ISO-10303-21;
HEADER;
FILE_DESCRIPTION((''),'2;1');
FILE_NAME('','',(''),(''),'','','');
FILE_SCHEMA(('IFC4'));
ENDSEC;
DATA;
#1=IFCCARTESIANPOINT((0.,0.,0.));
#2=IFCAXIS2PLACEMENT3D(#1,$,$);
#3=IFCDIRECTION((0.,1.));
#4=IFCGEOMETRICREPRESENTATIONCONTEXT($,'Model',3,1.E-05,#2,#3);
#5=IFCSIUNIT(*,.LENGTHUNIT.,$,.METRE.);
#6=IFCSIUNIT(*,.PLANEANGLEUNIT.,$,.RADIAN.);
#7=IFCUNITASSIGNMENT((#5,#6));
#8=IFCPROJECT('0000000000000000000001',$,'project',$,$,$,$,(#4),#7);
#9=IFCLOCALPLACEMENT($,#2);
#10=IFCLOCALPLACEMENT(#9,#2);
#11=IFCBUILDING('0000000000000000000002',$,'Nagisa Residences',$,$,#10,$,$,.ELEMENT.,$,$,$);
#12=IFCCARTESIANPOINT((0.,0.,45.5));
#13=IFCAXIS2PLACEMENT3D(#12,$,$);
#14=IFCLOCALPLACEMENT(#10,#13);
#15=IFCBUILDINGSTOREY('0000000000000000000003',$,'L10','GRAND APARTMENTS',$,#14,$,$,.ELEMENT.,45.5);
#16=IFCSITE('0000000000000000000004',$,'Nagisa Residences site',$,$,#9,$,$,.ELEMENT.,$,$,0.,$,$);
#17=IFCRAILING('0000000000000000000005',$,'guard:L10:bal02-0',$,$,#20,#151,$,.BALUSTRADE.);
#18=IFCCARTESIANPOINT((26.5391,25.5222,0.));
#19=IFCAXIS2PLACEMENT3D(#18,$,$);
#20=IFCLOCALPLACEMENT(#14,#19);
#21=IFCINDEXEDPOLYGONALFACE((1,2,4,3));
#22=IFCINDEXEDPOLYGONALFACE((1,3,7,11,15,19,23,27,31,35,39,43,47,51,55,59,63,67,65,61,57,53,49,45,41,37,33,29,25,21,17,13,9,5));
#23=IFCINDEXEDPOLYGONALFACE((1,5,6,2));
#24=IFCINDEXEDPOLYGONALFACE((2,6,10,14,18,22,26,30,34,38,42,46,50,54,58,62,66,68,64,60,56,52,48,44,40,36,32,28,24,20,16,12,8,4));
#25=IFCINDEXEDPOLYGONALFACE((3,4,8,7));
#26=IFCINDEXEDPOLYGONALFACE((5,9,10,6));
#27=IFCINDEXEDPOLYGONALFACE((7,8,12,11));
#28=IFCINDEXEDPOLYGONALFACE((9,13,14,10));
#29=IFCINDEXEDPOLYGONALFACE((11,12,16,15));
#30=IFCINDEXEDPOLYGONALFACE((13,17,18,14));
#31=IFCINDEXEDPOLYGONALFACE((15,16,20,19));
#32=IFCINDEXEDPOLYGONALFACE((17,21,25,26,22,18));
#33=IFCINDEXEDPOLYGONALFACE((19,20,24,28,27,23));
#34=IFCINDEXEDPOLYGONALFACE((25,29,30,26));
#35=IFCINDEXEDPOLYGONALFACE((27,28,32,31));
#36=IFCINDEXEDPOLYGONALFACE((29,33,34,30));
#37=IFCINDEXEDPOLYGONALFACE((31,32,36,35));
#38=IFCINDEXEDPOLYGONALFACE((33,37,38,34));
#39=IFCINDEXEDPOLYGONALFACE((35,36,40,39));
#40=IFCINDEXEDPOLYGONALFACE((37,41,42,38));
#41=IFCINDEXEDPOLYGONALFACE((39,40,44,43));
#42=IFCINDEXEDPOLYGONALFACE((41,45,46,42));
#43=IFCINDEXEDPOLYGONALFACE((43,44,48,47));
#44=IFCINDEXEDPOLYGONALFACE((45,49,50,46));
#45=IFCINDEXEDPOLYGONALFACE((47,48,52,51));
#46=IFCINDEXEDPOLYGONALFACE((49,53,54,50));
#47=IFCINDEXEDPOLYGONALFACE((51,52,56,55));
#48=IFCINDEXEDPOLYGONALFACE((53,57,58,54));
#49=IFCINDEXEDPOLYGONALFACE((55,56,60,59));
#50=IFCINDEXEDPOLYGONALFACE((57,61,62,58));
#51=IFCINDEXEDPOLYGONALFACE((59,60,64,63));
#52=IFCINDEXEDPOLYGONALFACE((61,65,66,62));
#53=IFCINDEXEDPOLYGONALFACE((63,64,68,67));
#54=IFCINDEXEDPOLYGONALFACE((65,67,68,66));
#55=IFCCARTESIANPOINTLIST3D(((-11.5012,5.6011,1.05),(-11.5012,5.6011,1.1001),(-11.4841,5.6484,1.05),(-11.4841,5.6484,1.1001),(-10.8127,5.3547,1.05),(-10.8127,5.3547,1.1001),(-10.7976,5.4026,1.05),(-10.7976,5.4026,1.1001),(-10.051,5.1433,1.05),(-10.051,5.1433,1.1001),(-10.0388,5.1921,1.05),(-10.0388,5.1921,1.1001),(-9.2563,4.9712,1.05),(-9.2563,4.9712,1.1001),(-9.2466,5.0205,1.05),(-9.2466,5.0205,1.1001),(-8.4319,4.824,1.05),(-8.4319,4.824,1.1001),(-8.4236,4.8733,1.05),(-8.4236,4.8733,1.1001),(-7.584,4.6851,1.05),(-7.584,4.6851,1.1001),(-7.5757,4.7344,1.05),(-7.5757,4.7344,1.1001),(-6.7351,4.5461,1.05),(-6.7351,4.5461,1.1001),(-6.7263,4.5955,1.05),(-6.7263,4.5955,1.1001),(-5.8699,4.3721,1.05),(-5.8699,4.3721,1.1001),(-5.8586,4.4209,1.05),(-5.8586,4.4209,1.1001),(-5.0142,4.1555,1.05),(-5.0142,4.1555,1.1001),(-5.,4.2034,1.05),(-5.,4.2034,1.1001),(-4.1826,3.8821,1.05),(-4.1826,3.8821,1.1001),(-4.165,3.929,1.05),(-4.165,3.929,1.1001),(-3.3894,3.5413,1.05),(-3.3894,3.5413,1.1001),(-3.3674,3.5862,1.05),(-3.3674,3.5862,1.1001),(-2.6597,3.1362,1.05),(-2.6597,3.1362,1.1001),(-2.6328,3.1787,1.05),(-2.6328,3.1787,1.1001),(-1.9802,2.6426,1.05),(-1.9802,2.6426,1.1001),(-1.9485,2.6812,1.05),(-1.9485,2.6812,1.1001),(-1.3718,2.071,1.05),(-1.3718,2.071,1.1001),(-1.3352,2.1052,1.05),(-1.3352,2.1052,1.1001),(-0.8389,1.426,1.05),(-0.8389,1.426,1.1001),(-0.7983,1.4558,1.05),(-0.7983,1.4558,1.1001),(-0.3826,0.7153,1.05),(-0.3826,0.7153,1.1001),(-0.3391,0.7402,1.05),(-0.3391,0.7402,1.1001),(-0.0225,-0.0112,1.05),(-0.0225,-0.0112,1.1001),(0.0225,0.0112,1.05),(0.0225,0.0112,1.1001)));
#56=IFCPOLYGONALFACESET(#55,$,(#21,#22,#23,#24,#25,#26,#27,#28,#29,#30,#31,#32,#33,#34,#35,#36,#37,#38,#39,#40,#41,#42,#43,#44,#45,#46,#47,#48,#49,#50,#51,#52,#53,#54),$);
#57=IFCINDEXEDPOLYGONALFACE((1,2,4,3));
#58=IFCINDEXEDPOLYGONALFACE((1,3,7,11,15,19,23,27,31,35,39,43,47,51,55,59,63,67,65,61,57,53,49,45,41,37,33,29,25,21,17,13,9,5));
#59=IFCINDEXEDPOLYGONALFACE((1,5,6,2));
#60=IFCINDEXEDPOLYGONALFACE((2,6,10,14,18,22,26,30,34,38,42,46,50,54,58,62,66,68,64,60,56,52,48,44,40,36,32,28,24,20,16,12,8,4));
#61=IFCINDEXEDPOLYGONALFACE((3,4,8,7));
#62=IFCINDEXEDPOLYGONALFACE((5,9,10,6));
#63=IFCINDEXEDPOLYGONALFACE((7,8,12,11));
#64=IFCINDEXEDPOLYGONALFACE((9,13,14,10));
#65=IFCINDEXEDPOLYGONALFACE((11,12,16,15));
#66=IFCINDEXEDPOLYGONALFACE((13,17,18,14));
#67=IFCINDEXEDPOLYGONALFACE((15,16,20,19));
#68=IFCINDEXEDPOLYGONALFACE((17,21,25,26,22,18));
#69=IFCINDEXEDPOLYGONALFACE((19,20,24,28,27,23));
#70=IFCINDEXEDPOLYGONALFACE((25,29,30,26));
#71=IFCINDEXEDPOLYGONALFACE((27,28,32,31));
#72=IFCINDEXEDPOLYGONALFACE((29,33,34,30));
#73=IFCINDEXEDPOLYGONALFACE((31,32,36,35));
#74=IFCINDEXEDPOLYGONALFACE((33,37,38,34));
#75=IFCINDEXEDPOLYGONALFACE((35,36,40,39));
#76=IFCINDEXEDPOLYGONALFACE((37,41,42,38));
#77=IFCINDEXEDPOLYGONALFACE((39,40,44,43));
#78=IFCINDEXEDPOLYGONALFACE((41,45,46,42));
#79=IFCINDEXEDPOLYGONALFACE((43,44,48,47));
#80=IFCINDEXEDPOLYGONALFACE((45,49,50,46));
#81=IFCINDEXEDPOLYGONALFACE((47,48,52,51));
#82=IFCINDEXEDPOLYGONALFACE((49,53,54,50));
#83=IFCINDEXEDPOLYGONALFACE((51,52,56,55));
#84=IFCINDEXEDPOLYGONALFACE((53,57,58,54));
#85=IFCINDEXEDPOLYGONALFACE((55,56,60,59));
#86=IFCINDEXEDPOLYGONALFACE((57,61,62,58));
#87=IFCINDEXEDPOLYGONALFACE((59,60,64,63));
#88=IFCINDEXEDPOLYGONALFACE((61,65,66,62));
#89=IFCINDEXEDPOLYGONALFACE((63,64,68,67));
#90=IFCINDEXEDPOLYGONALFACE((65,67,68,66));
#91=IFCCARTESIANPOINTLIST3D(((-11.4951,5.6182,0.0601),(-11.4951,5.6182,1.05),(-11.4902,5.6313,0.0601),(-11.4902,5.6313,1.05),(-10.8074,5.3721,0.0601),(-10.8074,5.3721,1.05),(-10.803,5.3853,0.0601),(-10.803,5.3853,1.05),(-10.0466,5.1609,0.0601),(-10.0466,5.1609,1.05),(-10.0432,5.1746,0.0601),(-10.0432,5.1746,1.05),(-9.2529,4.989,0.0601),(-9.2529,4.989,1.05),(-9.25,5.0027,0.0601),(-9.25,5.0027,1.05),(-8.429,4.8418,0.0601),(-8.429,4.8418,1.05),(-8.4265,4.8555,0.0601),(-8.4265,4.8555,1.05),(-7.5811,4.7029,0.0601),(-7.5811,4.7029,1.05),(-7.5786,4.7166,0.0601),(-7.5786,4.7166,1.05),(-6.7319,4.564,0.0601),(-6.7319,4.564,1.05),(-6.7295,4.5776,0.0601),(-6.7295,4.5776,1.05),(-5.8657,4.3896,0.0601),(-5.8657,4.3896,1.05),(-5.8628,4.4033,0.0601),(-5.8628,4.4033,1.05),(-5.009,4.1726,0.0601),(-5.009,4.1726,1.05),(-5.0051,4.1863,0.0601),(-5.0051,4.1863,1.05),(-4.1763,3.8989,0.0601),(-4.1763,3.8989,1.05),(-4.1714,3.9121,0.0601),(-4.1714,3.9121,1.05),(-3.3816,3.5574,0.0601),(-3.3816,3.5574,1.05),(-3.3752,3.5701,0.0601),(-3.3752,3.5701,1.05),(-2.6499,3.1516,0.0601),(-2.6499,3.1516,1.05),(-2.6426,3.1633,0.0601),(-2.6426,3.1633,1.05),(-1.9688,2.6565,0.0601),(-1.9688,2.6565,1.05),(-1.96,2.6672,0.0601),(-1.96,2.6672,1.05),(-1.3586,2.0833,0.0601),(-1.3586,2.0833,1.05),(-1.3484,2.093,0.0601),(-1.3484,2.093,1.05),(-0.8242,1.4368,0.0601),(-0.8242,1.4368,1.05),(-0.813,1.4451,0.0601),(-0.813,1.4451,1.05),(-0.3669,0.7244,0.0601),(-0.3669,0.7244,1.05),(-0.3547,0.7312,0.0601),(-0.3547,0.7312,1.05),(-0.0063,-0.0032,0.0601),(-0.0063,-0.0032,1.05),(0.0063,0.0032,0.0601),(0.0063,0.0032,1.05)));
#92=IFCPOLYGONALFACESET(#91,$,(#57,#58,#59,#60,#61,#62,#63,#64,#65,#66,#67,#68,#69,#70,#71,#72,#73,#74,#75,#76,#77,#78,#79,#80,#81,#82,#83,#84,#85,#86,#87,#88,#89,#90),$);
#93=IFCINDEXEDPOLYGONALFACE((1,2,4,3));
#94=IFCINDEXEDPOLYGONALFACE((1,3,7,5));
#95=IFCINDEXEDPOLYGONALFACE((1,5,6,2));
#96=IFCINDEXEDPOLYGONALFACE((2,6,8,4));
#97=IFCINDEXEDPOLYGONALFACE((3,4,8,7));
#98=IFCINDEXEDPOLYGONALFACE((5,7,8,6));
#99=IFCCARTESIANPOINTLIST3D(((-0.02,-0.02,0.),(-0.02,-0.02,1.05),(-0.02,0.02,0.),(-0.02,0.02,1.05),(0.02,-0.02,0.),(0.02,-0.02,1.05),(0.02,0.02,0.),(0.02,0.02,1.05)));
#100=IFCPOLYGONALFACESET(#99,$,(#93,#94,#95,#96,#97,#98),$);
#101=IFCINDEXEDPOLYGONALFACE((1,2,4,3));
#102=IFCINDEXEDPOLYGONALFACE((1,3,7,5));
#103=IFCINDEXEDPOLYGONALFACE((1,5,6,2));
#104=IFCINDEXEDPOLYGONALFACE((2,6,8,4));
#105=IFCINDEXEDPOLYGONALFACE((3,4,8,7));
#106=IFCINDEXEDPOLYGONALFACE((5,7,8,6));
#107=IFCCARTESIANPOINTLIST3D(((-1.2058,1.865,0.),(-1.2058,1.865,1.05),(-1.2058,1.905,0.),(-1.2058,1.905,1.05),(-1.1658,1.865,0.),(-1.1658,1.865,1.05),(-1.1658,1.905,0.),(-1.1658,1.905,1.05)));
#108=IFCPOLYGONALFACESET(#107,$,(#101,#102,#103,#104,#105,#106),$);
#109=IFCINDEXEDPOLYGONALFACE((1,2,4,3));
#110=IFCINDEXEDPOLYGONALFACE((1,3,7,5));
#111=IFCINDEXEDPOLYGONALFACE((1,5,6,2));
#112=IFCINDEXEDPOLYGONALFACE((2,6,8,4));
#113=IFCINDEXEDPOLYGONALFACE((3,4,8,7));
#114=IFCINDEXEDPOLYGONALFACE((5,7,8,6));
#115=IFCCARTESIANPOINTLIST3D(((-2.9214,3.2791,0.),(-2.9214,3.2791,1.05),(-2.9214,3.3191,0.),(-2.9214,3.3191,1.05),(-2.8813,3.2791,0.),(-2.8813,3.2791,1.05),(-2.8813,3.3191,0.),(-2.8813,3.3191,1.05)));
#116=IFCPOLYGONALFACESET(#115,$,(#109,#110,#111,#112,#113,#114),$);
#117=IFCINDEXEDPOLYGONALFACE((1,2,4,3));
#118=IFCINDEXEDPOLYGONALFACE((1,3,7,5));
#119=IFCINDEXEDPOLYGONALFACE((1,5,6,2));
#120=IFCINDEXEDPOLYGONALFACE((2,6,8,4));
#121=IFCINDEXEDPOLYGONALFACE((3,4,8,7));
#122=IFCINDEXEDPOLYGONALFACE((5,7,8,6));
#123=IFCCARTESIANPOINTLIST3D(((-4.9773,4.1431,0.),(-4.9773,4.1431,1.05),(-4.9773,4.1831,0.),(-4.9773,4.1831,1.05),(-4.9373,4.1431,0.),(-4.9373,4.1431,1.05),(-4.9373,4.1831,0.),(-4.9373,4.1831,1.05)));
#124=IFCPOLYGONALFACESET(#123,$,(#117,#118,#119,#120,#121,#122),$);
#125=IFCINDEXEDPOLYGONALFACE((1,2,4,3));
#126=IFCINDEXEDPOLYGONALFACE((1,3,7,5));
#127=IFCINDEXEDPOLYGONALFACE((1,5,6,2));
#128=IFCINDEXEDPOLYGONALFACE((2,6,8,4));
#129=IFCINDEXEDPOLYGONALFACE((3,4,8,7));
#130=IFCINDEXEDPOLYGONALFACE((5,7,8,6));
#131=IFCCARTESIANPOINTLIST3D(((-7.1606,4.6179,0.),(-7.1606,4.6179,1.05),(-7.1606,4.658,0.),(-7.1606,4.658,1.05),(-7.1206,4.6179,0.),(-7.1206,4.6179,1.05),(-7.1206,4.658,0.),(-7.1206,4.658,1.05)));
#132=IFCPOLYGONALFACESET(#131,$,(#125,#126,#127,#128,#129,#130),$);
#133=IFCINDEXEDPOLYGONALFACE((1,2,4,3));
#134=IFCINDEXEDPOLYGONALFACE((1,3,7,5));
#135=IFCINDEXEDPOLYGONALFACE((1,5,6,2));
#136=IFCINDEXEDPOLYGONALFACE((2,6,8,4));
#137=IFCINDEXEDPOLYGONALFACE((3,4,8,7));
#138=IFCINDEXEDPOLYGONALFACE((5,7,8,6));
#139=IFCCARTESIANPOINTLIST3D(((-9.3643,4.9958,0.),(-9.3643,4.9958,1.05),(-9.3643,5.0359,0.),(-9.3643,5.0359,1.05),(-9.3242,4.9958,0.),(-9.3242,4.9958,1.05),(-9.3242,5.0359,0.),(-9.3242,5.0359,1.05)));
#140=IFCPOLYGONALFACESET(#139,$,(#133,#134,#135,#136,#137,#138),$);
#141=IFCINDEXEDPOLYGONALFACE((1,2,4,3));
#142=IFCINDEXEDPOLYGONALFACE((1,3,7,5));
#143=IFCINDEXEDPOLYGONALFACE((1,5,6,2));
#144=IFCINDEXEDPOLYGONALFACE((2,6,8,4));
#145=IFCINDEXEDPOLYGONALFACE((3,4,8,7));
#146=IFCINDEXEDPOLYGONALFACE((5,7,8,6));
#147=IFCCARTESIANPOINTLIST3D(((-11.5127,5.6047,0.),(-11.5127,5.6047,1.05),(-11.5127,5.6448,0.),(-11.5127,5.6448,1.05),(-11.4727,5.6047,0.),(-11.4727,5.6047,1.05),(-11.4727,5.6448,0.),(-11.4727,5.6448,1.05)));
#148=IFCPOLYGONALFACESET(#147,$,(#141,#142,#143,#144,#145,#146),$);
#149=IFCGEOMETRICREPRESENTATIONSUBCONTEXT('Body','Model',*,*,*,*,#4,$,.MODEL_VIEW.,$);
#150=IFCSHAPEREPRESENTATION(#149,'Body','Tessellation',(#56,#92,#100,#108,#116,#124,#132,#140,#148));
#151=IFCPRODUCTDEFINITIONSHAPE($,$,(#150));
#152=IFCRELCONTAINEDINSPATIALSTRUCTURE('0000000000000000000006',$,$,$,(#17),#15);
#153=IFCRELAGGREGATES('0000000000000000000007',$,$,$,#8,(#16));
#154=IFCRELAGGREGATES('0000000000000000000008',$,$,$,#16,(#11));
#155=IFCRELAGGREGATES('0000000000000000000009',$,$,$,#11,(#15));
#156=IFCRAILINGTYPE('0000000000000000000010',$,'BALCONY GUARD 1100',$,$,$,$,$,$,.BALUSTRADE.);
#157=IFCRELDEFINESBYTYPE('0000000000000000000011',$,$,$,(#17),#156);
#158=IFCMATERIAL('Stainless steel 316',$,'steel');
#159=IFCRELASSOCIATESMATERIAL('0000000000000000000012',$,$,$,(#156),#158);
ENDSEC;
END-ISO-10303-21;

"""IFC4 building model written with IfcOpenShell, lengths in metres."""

from ifc_helpers import new_model, si_unit, direction, frame, origin, origin_2d, place, context, subcontext, project, spatial, polyline, rectangle, outline, extrude, material, type_object, element, save


model = new_model("IFC4")

# Units and contexts
model_context = context("Model", 3, precision=1e-05, world=origin(), true_north=direction((0.0, 1.0)))
body_context = subcontext(model_context, "Body", "Model", "MODEL_VIEW")
ifc_project = project(units=[si_unit("LENGTHUNIT", "METRE"), si_unit("PLANEANGLEUNIT", "RADIAN")], contexts=[model_context])

# Site, building, storey
site_placement = place(None, origin())
site = spatial("IfcSite", under=ifc_project, at=site_placement, Name="Nagisa Residences site", CompositionType="ELEMENT", RefElevation=0.0)
building_placement = place(site_placement, origin())
building = spatial("IfcBuilding", under=site, at=building_placement, Name="Nagisa Residences", CompositionType="ELEMENT")
storey_placement = place(building_placement, frame((0.0, 0.0, 45.5)))
storey = spatial("IfcBuildingStorey", under=building, at=storey_placement, Name="L10", Description="GRAND APARTMENTS", CompositionType="ELEMENT", Elevation=45.5)

# Railing
ifc_material_1 = material(Name="Stainless steel 316", Category="steel")
railing_type = type_object("IfcRailingType", Name="BALCONY GUARD 1100", PredefinedType="BALUSTRADE", material=ifc_material_1)
railing_placement = place(storey_placement, frame((26.5391, 25.5222, 0.0)))
element("IfcRailing", 1, at=railing_placement, inside=storey, type_object=railing_type, Name="guard:L10:bal02-0", PredefinedType="BALUSTRADE", context=body_context, shape_type="SweptSolid", body=[
    extrude(outline(polyline([(-0.3826, 0.7153), (-0.0225, -0.0112), (0.0225, 0.0112), (-0.3391, 0.7402), (-0.7983, 1.4558), (-1.3352, 2.1052), (-1.9485, 2.6812), (-2.6328, 3.1787), (-3.3674, 3.5862), (-4.165, 3.929), (-5.0, 4.2034), (-5.8586, 4.4209), (-6.7263, 4.5955), (-7.5757, 4.7344), (-8.4236, 4.8733), (-9.2466, 5.0205), (-10.0388, 5.1921), (-10.7976, 5.4026), (-11.4841, 5.6484), (-11.5012, 5.6011), (-10.8127, 5.3547), (-10.051, 5.1433), (-9.2563, 4.9712), (-8.4319, 4.824), (-7.584, 4.6851), (-6.7351, 4.5461), (-5.8699, 4.3721), (-5.0142, 4.1555), (-4.1826, 3.8821), (-3.3894, 3.5413), (-2.6597, 3.1362), (-1.9802, 2.6426), (-1.3718, 2.071), (-0.8389, 1.426), (-0.3826, 0.7153)])), frame((0.0, 0.0, 1.05)), (0.0, 0.0, 1.0), 0.05),
    extrude(outline(polyline([(-0.3669, 0.7244), (-0.0063, -0.0032), (0.0063, 0.0032), (-0.3547, 0.7312), (-0.813, 1.4451), (-1.3484, 2.093), (-1.96, 2.6672), (-2.6426, 3.1633), (-3.3752, 3.5701), (-4.1714, 3.9121), (-5.0051, 4.1863), (-5.8628, 4.4033), (-6.7295, 4.5776), (-7.5786, 4.7166), (-8.4265, 4.8555), (-9.25, 5.0027), (-10.0432, 5.1746), (-10.803, 5.3853), (-11.4902, 5.6313), (-11.4951, 5.6182), (-10.8074, 5.3721), (-10.0466, 5.1609), (-9.2529, 4.989), (-8.429, 4.8418), (-7.5811, 4.7029), (-6.7319, 4.564), (-5.8657, 4.3896), (-5.009, 4.1726), (-4.1763, 3.8989), (-3.3816, 3.5574), (-2.6499, 3.1516), (-1.9688, 2.6565), (-1.3586, 2.0833), (-0.8242, 1.4368), (-0.3669, 0.7244)])), frame((0.0, 0.0, 0.0601)), (0.0, 0.0, 1.0), 0.99),
    extrude(rectangle(XDim=0.04, YDim=0.04, at=origin_2d()), origin(), (0.0, 0.0, 1.0), 1.05),
    extrude(rectangle(XDim=0.04, YDim=0.04, at=origin_2d()), frame((-1.1858, 1.885, 0.0)), (0.0, 0.0, 1.0), 1.05),
    extrude(rectangle(XDim=0.04, YDim=0.04, at=origin_2d()), frame((-2.9014, 3.2991, 0.0)), (0.0, 0.0, 1.0), 1.05),
    extrude(rectangle(XDim=0.04, YDim=0.04, at=origin_2d()), frame((-4.9573, 4.1631, 0.0)), (0.0, 0.0, 1.0), 1.05),
    extrude(rectangle(XDim=0.04, YDim=0.04, at=origin_2d()), frame((-7.1406, 4.6379, 0.0)), (0.0, 0.0, 1.0), 1.05),
    extrude(rectangle(XDim=0.04, YDim=0.04, at=origin_2d()), frame((-9.3442, 5.0159, 0.0)), (0.0, 0.0, 1.0), 1.05),
    extrude(rectangle(XDim=0.04, YDim=0.04, at=origin_2d()), frame((-11.4927, 5.6248, 0.0)), (0.0, 0.0, 1.0), 1.05),
])

save(model, "model.ifc")
